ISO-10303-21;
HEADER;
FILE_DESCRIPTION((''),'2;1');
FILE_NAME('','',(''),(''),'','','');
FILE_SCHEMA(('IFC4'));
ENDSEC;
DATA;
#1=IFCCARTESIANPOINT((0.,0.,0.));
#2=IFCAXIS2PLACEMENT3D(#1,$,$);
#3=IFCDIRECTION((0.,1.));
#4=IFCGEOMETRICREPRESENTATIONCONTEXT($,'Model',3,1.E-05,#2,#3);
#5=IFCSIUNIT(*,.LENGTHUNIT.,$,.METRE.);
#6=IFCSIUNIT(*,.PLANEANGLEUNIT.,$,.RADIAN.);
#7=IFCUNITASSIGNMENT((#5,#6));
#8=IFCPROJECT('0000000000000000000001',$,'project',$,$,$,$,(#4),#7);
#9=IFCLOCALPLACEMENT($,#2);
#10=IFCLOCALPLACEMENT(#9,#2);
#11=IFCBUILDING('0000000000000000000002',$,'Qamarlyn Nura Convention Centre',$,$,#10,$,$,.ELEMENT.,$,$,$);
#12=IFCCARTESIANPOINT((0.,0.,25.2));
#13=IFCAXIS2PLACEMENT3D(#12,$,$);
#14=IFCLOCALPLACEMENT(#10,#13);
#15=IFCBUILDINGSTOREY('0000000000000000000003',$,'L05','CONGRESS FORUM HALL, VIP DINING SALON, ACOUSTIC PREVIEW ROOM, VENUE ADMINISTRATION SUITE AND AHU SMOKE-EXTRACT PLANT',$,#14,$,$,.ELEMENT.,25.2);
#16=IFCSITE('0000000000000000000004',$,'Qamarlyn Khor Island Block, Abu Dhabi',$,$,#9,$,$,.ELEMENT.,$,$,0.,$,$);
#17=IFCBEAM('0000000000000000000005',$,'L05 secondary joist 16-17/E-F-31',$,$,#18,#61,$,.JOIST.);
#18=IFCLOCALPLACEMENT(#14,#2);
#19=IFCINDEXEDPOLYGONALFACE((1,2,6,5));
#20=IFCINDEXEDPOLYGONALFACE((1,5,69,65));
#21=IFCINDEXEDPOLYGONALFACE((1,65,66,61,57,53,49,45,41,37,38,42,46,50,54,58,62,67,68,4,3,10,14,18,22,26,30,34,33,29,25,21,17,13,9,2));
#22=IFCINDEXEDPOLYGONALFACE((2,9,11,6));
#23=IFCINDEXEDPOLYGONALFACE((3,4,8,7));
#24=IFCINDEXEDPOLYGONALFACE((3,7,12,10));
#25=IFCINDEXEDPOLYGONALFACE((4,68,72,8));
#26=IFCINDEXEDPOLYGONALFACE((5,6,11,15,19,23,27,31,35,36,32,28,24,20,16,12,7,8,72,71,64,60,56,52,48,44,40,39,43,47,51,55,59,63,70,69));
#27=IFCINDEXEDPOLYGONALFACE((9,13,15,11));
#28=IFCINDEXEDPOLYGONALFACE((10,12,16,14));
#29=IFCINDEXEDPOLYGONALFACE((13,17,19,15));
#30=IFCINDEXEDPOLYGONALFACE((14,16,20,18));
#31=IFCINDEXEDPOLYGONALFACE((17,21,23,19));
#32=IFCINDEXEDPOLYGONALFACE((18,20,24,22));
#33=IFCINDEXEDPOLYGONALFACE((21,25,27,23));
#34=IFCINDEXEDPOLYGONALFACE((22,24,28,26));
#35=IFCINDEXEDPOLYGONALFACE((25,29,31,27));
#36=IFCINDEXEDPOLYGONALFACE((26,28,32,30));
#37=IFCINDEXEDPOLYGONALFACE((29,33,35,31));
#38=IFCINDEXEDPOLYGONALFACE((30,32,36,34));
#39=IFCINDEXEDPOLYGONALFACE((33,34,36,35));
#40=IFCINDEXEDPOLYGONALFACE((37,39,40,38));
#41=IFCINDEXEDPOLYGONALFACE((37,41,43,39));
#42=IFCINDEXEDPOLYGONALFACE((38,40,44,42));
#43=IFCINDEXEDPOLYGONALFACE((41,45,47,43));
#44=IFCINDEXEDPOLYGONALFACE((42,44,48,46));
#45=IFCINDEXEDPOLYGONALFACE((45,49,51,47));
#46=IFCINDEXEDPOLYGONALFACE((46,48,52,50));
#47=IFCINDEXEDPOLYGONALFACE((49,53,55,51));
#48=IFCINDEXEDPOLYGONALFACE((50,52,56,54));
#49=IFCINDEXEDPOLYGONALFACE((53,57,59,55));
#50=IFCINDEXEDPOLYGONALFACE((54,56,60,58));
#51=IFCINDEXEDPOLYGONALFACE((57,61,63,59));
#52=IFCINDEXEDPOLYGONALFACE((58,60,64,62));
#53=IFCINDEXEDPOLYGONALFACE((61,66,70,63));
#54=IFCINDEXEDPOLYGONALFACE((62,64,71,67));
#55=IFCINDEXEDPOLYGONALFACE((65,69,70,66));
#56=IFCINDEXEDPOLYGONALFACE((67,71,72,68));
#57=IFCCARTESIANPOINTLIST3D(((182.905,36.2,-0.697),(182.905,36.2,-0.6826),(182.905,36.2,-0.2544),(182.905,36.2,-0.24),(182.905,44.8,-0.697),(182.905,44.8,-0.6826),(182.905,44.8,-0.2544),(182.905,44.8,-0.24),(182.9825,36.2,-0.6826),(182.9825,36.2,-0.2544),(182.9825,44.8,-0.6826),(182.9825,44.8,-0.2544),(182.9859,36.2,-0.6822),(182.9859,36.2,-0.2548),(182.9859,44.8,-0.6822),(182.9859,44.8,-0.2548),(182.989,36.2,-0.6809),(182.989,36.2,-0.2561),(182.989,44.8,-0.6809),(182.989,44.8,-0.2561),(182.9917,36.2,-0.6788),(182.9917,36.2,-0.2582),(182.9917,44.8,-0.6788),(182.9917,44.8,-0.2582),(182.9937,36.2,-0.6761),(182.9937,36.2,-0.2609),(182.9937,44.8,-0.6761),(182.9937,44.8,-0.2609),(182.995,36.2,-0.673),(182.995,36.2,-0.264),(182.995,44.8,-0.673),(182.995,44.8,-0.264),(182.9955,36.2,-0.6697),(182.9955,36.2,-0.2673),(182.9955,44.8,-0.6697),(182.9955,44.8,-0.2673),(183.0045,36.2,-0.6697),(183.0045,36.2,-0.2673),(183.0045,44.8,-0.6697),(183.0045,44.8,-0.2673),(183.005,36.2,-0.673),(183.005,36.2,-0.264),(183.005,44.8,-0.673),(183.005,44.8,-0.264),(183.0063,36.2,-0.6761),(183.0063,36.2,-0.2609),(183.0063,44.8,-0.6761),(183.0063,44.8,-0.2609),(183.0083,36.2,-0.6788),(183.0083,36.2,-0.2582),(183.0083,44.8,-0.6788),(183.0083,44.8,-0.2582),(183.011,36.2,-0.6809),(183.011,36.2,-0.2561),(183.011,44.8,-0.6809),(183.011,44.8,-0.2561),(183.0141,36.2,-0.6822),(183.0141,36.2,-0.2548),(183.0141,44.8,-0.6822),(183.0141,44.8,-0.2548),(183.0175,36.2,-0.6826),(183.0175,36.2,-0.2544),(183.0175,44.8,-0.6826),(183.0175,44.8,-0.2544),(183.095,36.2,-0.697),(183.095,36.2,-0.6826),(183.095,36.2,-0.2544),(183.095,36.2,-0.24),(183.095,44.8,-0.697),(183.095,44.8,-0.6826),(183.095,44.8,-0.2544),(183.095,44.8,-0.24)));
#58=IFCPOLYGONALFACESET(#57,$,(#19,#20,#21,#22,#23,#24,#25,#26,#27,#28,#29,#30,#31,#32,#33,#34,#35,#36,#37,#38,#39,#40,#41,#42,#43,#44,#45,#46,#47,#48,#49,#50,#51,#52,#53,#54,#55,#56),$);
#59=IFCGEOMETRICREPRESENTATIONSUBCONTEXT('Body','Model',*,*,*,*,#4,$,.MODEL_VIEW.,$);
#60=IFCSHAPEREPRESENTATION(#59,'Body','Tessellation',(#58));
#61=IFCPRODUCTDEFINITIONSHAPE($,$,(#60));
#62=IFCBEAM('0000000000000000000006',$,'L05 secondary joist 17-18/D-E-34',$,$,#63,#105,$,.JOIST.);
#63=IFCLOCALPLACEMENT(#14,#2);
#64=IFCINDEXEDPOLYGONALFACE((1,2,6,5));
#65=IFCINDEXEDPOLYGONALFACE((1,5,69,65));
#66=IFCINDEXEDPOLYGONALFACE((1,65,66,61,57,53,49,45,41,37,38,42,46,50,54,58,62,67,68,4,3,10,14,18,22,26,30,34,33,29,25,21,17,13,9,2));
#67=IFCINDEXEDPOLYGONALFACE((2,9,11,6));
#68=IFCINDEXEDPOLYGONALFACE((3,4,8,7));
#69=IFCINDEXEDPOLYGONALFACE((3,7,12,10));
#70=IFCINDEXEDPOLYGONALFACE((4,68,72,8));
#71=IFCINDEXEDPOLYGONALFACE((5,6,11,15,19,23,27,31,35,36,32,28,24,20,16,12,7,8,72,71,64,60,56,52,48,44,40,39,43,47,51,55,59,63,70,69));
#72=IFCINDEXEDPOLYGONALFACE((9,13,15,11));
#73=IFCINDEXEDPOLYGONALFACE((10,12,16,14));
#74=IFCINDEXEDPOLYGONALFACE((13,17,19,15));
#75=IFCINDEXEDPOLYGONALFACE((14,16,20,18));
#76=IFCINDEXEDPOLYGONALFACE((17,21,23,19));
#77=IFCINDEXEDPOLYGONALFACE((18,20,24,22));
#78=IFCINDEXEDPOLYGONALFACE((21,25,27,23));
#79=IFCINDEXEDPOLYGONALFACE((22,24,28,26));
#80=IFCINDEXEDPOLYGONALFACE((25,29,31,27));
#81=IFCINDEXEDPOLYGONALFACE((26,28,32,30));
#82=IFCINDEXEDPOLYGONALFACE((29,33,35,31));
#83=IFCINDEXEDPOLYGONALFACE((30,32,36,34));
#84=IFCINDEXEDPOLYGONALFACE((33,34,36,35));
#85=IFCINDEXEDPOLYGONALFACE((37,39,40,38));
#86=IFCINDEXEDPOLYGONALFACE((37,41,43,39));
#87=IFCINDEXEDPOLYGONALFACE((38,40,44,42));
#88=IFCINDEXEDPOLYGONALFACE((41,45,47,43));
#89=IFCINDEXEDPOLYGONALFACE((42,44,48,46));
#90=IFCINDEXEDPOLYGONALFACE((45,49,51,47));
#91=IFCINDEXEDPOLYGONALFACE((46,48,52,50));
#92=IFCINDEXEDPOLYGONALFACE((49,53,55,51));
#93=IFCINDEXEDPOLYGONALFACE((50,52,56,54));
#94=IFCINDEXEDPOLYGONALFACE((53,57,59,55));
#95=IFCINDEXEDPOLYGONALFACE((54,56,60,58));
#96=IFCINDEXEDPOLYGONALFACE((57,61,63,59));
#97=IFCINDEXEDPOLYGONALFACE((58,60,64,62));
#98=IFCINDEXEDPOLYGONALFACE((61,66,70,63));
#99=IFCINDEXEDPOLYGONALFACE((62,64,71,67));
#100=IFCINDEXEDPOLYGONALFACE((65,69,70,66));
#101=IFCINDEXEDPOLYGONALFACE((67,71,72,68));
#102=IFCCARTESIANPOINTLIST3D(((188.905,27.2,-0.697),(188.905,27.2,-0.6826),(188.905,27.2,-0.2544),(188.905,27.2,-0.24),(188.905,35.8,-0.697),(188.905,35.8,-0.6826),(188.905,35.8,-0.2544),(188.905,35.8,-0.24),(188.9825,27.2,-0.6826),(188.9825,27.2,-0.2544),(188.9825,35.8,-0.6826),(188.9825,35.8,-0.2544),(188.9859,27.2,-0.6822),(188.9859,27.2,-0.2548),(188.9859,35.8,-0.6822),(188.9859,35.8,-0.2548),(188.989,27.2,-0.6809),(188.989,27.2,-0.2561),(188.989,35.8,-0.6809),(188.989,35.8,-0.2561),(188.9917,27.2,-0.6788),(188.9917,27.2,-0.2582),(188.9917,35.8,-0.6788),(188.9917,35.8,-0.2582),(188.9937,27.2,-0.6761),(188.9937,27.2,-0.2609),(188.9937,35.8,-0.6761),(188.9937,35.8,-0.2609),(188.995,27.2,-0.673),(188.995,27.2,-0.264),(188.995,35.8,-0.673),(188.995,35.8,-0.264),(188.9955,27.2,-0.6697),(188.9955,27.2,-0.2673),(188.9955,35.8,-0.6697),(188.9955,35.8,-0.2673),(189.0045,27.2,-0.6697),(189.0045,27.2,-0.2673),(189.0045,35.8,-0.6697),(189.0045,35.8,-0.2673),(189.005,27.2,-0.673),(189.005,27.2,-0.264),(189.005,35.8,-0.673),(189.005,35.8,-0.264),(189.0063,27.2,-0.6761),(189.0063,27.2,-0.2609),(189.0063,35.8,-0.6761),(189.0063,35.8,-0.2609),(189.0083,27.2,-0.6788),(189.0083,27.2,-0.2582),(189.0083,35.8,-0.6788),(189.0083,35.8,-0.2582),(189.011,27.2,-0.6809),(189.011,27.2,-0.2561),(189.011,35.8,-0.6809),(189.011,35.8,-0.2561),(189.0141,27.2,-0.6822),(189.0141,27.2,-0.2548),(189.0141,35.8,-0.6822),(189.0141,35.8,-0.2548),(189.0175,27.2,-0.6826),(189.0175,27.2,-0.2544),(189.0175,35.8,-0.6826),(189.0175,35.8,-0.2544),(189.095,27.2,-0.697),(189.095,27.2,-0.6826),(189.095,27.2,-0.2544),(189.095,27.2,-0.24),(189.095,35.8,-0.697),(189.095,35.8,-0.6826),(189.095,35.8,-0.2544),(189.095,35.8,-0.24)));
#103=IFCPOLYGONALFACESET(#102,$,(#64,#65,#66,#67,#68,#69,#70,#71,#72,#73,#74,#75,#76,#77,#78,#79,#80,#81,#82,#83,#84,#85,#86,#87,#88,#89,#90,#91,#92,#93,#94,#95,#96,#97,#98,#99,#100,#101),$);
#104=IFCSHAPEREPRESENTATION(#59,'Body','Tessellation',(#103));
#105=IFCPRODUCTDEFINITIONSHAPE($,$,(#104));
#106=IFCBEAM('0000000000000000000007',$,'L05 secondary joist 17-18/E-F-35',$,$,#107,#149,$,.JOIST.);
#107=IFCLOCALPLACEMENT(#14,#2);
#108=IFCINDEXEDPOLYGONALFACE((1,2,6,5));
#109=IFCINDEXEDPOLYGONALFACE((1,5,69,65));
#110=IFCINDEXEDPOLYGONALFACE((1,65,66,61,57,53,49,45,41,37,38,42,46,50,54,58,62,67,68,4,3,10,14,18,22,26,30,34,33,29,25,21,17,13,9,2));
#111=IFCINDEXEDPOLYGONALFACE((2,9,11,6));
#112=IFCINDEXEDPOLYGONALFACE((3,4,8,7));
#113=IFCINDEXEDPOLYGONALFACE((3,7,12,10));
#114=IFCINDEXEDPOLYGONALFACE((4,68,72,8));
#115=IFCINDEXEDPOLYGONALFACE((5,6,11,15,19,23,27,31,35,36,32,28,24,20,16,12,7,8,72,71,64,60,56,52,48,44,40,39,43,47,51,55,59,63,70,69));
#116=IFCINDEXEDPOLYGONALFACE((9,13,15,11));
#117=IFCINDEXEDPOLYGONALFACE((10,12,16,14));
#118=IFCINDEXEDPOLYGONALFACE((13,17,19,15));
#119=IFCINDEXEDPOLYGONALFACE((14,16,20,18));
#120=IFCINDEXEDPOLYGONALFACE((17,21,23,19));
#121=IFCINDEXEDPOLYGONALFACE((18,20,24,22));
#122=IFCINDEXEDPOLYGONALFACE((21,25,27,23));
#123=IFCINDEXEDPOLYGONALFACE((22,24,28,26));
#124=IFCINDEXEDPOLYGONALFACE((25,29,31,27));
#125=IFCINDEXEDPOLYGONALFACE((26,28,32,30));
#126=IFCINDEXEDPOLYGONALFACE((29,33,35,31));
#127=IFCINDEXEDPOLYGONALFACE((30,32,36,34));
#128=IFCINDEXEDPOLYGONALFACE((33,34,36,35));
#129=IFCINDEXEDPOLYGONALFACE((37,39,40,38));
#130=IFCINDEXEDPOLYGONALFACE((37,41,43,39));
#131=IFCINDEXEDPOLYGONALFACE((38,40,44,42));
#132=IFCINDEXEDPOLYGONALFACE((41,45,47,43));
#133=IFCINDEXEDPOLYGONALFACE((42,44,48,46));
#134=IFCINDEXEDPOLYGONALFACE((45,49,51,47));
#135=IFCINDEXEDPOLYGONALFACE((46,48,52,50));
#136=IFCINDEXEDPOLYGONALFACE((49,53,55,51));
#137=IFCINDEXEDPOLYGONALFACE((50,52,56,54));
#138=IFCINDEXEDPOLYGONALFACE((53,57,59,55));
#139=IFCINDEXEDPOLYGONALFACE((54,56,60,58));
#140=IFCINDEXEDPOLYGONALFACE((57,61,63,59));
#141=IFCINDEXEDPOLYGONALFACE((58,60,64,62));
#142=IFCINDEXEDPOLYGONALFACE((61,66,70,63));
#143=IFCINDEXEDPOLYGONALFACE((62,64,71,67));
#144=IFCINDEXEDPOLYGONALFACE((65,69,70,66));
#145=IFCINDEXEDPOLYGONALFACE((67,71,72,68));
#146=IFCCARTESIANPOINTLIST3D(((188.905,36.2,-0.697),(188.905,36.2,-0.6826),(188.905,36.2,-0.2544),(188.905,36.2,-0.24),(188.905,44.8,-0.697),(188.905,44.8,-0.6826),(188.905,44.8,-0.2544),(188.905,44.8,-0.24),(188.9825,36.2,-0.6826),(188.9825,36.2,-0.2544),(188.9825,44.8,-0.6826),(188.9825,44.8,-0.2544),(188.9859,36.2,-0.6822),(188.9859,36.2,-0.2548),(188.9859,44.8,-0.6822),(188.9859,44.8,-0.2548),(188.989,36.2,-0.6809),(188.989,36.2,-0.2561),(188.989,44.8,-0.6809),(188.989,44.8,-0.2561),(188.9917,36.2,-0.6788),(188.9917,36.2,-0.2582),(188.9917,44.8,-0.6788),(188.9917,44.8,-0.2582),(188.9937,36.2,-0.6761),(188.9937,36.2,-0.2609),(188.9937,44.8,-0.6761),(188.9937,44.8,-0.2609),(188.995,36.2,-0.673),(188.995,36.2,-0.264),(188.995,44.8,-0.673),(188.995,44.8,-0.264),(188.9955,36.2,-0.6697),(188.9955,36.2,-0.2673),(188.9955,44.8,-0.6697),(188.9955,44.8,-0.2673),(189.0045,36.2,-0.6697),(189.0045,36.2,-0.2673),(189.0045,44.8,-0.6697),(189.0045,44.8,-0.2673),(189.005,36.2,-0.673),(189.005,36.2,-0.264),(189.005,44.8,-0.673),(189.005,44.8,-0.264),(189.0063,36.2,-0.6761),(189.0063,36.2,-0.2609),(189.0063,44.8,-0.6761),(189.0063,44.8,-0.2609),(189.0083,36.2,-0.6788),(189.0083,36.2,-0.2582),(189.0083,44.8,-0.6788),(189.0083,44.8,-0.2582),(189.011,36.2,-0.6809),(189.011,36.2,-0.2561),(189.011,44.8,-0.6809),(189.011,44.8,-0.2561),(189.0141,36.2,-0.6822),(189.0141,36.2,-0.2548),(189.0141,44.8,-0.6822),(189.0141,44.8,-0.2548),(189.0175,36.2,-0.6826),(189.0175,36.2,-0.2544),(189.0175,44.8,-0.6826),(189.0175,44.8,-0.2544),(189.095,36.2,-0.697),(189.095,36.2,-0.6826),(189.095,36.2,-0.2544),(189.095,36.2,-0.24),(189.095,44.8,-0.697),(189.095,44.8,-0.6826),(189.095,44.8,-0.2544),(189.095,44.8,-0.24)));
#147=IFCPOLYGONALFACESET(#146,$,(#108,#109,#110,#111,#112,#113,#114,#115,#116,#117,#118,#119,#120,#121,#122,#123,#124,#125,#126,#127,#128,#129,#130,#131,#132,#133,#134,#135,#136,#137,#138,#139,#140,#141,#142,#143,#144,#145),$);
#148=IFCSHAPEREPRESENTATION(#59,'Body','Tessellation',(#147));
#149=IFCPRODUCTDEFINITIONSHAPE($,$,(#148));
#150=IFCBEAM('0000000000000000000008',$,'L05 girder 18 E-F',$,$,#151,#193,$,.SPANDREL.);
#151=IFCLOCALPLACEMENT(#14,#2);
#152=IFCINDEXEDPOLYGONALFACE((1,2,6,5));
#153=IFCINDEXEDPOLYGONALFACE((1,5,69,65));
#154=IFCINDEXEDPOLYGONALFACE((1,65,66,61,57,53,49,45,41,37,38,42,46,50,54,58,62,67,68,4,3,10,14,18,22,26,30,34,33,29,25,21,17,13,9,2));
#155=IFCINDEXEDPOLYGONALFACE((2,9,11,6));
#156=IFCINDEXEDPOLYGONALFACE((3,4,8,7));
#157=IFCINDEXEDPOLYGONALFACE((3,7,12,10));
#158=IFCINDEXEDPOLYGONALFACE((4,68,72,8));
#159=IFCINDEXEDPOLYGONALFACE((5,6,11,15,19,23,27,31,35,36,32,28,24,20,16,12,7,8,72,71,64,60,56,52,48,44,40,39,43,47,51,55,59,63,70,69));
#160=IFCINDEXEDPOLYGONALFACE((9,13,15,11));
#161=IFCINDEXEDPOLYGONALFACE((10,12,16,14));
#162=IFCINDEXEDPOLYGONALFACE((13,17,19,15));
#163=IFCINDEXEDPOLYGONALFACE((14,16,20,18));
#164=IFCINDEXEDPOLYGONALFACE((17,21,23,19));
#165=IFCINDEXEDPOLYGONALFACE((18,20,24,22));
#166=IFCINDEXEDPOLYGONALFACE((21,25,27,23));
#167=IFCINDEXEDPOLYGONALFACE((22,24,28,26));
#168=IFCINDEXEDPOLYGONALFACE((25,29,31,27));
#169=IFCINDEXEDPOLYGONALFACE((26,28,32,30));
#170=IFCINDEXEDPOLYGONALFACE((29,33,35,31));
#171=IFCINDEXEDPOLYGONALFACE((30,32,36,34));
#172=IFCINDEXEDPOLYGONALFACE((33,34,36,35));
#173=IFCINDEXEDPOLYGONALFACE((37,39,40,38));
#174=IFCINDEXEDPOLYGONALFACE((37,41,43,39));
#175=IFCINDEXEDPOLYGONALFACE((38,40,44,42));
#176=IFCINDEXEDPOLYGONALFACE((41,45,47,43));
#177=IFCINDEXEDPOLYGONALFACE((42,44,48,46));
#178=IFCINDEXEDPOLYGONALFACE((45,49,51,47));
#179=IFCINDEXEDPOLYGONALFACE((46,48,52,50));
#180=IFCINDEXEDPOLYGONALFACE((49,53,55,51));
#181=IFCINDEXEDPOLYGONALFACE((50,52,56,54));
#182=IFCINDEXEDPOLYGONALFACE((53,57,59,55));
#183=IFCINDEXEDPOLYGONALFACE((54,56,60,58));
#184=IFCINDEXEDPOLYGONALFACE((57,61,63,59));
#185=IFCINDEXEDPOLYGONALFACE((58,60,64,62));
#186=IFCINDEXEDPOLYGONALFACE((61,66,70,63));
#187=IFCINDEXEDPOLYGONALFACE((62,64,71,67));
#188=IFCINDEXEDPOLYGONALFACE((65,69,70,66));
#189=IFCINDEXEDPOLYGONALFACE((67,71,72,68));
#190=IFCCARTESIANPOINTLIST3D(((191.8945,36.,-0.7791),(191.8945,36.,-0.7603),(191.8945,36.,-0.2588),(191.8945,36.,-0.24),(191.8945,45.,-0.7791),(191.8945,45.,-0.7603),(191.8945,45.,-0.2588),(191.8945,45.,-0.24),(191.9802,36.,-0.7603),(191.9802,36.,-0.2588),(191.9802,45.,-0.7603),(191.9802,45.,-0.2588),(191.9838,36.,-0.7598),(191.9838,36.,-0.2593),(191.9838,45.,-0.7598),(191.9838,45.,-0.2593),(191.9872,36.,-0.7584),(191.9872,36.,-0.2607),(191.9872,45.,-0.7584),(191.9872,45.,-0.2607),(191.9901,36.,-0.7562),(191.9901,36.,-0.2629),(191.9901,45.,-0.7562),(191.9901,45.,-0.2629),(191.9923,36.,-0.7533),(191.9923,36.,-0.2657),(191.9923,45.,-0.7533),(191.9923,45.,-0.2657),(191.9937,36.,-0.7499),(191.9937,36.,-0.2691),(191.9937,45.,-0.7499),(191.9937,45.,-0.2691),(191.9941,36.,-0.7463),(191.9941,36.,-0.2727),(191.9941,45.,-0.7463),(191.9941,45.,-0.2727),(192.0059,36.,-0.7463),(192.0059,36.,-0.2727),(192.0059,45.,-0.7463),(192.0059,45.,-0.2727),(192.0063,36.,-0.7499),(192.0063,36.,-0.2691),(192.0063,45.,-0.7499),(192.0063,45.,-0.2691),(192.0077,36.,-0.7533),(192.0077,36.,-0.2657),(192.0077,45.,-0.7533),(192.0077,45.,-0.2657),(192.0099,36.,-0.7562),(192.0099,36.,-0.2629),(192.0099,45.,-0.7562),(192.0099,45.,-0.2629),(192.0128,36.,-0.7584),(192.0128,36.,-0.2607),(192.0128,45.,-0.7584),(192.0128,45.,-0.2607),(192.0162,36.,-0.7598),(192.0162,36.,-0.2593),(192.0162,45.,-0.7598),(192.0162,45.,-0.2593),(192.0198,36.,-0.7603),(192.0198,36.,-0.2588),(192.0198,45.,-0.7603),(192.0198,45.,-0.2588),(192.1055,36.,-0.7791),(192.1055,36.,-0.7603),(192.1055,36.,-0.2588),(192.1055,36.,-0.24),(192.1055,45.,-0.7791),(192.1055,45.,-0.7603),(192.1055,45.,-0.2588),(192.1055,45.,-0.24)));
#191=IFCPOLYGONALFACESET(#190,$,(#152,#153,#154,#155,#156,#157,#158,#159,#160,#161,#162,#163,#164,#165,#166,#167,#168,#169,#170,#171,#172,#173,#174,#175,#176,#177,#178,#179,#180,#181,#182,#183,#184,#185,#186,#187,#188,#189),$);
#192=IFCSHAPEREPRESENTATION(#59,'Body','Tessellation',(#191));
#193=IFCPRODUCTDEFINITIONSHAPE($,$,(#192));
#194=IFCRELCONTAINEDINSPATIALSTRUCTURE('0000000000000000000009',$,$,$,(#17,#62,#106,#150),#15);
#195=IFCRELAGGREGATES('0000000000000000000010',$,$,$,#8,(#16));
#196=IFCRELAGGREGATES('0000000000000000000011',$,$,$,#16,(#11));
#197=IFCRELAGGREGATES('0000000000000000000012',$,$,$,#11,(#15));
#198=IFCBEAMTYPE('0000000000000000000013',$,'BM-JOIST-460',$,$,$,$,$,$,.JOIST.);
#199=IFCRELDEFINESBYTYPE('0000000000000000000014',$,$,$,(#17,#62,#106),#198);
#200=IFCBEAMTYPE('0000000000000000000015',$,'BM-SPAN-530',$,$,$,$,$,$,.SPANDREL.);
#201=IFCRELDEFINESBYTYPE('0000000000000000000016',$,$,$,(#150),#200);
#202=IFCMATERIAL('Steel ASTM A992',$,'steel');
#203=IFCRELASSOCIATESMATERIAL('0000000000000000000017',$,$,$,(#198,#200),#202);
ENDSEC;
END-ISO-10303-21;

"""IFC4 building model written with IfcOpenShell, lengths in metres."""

from ifc_helpers import new_model, si_unit, direction, frame, origin, origin_2d, place, context, subcontext, project, spatial, i_section, extrude, material, material_profile, profile_set, type_object, element, save


model = new_model("IFC4")

# Units and contexts
model_context = context("Model", 3, precision=1e-05, world=origin(), true_north=direction((0.0, 1.0)))
body_context = subcontext(model_context, "Body", "Model", "MODEL_VIEW")
ifc_project = project(units=[si_unit("LENGTHUNIT", "METRE"), si_unit("PLANEANGLEUNIT", "RADIAN")], contexts=[model_context])

# Site, building, storey
site_placement = place(None, origin())
site = spatial("IfcSite", under=ifc_project, at=site_placement, Name="Qamarlyn Khor Island Block, Abu Dhabi", CompositionType="ELEMENT", RefElevation=0.0)
building_placement = place(site_placement, origin())
building = spatial("IfcBuilding", under=site, at=building_placement, Name="Qamarlyn Nura Convention Centre", CompositionType="ELEMENT")
storey_placement = place(building_placement, frame((0.0, 0.0, 25.2)))
storey = spatial("IfcBuildingStorey", under=building, at=storey_placement, Name="L05", Description="CONGRESS FORUM HALL, VIP DINING SALON, ACOUSTIC PREVIEW ROOM, VENUE ADMINISTRATION SUITE AND AHU SMOKE-EXTRACT PLANT", CompositionType="ELEMENT", Elevation=25.2)

# Shared definitions
ifc_material_1 = material(Name="Steel ASTM A992", Category="steel")

# Beams
ifc_material_profile_1 = material_profile(ifc_material_1, i_section(OverallWidth=0.1899, OverallDepth=0.457, WebThickness=0.009, FlangeThickness=0.0144, FilletRadius=0.0129, at=origin_2d()), Name="W460X74")
ifc_profile_set_1 = profile_set([ifc_material_profile_1], Name="Steel ASTM A992")
beam_type_1 = type_object("IfcBeamType", Name="BM-JOIST-460", PredefinedType="JOIST", material=ifc_profile_set_1)
for number, where, z_axis, x_axis, name in (
    (1, (183.0, 36.2, -0.4685), (0.0, 1.0, 0.0), (-1.0, 0.0, 0.0), "L05 secondary joist 16-17/E-F-31"),
    (2, (189.0, 27.2, -0.4685), (0.0, 1.0, 0.0), (-1.0, 0.0, 0.0), "L05 secondary joist 17-18/D-E-34"),
    (3, (189.0, 36.2, -0.4685), (0.0, 1.0, 0.0), (-1.0, 0.0, 0.0), "L05 secondary joist 17-18/E-F-35"),
):
    element("IfcBeam", number, at=place(storey_placement, frame(where, z_axis=z_axis, x_axis=x_axis)), inside=storey, type_object=beam_type_1, Name=name, PredefinedType="JOIST", context=body_context, shape_type="SweptSolid", body=[
        extrude(i_section(OverallWidth=0.1899, OverallDepth=0.457, WebThickness=0.009, FlangeThickness=0.0144, FilletRadius=0.0129, at=origin_2d()), origin(), (0.0, 0.0, 1.0), 8.6001),
    ])
ifc_material_profile_2 = material_profile(ifc_material_1, i_section(OverallWidth=0.2109, OverallDepth=0.5391, WebThickness=0.0117, FlangeThickness=0.0188, FilletRadius=0.0139, at=origin_2d()), Name="W530X109")
ifc_profile_set_2 = profile_set([ifc_material_profile_2], Name="Steel ASTM A992")
beam_type_2 = type_object("IfcBeamType", Name="BM-SPAN-530", PredefinedType="SPANDREL", material=ifc_profile_set_2)
beam_placement = place(storey_placement, frame((192.0, 36.0, -0.5095), z_axis=(0.0, 1.0, 0.0), x_axis=(-1.0, 0.0, 0.0)))
element("IfcBeam", 4, at=beam_placement, inside=storey, type_object=beam_type_2, Name="L05 girder 18 E-F", PredefinedType="SPANDREL", context=body_context, shape_type="SweptSolid", body=[
    extrude(i_section(OverallWidth=0.2109, OverallDepth=0.5391, WebThickness=0.0117, FlangeThickness=0.0188, FilletRadius=0.0139, at=origin_2d()), origin(), (0.0, 0.0, 1.0), 9.0),
])

save(model, "model.ifc")
